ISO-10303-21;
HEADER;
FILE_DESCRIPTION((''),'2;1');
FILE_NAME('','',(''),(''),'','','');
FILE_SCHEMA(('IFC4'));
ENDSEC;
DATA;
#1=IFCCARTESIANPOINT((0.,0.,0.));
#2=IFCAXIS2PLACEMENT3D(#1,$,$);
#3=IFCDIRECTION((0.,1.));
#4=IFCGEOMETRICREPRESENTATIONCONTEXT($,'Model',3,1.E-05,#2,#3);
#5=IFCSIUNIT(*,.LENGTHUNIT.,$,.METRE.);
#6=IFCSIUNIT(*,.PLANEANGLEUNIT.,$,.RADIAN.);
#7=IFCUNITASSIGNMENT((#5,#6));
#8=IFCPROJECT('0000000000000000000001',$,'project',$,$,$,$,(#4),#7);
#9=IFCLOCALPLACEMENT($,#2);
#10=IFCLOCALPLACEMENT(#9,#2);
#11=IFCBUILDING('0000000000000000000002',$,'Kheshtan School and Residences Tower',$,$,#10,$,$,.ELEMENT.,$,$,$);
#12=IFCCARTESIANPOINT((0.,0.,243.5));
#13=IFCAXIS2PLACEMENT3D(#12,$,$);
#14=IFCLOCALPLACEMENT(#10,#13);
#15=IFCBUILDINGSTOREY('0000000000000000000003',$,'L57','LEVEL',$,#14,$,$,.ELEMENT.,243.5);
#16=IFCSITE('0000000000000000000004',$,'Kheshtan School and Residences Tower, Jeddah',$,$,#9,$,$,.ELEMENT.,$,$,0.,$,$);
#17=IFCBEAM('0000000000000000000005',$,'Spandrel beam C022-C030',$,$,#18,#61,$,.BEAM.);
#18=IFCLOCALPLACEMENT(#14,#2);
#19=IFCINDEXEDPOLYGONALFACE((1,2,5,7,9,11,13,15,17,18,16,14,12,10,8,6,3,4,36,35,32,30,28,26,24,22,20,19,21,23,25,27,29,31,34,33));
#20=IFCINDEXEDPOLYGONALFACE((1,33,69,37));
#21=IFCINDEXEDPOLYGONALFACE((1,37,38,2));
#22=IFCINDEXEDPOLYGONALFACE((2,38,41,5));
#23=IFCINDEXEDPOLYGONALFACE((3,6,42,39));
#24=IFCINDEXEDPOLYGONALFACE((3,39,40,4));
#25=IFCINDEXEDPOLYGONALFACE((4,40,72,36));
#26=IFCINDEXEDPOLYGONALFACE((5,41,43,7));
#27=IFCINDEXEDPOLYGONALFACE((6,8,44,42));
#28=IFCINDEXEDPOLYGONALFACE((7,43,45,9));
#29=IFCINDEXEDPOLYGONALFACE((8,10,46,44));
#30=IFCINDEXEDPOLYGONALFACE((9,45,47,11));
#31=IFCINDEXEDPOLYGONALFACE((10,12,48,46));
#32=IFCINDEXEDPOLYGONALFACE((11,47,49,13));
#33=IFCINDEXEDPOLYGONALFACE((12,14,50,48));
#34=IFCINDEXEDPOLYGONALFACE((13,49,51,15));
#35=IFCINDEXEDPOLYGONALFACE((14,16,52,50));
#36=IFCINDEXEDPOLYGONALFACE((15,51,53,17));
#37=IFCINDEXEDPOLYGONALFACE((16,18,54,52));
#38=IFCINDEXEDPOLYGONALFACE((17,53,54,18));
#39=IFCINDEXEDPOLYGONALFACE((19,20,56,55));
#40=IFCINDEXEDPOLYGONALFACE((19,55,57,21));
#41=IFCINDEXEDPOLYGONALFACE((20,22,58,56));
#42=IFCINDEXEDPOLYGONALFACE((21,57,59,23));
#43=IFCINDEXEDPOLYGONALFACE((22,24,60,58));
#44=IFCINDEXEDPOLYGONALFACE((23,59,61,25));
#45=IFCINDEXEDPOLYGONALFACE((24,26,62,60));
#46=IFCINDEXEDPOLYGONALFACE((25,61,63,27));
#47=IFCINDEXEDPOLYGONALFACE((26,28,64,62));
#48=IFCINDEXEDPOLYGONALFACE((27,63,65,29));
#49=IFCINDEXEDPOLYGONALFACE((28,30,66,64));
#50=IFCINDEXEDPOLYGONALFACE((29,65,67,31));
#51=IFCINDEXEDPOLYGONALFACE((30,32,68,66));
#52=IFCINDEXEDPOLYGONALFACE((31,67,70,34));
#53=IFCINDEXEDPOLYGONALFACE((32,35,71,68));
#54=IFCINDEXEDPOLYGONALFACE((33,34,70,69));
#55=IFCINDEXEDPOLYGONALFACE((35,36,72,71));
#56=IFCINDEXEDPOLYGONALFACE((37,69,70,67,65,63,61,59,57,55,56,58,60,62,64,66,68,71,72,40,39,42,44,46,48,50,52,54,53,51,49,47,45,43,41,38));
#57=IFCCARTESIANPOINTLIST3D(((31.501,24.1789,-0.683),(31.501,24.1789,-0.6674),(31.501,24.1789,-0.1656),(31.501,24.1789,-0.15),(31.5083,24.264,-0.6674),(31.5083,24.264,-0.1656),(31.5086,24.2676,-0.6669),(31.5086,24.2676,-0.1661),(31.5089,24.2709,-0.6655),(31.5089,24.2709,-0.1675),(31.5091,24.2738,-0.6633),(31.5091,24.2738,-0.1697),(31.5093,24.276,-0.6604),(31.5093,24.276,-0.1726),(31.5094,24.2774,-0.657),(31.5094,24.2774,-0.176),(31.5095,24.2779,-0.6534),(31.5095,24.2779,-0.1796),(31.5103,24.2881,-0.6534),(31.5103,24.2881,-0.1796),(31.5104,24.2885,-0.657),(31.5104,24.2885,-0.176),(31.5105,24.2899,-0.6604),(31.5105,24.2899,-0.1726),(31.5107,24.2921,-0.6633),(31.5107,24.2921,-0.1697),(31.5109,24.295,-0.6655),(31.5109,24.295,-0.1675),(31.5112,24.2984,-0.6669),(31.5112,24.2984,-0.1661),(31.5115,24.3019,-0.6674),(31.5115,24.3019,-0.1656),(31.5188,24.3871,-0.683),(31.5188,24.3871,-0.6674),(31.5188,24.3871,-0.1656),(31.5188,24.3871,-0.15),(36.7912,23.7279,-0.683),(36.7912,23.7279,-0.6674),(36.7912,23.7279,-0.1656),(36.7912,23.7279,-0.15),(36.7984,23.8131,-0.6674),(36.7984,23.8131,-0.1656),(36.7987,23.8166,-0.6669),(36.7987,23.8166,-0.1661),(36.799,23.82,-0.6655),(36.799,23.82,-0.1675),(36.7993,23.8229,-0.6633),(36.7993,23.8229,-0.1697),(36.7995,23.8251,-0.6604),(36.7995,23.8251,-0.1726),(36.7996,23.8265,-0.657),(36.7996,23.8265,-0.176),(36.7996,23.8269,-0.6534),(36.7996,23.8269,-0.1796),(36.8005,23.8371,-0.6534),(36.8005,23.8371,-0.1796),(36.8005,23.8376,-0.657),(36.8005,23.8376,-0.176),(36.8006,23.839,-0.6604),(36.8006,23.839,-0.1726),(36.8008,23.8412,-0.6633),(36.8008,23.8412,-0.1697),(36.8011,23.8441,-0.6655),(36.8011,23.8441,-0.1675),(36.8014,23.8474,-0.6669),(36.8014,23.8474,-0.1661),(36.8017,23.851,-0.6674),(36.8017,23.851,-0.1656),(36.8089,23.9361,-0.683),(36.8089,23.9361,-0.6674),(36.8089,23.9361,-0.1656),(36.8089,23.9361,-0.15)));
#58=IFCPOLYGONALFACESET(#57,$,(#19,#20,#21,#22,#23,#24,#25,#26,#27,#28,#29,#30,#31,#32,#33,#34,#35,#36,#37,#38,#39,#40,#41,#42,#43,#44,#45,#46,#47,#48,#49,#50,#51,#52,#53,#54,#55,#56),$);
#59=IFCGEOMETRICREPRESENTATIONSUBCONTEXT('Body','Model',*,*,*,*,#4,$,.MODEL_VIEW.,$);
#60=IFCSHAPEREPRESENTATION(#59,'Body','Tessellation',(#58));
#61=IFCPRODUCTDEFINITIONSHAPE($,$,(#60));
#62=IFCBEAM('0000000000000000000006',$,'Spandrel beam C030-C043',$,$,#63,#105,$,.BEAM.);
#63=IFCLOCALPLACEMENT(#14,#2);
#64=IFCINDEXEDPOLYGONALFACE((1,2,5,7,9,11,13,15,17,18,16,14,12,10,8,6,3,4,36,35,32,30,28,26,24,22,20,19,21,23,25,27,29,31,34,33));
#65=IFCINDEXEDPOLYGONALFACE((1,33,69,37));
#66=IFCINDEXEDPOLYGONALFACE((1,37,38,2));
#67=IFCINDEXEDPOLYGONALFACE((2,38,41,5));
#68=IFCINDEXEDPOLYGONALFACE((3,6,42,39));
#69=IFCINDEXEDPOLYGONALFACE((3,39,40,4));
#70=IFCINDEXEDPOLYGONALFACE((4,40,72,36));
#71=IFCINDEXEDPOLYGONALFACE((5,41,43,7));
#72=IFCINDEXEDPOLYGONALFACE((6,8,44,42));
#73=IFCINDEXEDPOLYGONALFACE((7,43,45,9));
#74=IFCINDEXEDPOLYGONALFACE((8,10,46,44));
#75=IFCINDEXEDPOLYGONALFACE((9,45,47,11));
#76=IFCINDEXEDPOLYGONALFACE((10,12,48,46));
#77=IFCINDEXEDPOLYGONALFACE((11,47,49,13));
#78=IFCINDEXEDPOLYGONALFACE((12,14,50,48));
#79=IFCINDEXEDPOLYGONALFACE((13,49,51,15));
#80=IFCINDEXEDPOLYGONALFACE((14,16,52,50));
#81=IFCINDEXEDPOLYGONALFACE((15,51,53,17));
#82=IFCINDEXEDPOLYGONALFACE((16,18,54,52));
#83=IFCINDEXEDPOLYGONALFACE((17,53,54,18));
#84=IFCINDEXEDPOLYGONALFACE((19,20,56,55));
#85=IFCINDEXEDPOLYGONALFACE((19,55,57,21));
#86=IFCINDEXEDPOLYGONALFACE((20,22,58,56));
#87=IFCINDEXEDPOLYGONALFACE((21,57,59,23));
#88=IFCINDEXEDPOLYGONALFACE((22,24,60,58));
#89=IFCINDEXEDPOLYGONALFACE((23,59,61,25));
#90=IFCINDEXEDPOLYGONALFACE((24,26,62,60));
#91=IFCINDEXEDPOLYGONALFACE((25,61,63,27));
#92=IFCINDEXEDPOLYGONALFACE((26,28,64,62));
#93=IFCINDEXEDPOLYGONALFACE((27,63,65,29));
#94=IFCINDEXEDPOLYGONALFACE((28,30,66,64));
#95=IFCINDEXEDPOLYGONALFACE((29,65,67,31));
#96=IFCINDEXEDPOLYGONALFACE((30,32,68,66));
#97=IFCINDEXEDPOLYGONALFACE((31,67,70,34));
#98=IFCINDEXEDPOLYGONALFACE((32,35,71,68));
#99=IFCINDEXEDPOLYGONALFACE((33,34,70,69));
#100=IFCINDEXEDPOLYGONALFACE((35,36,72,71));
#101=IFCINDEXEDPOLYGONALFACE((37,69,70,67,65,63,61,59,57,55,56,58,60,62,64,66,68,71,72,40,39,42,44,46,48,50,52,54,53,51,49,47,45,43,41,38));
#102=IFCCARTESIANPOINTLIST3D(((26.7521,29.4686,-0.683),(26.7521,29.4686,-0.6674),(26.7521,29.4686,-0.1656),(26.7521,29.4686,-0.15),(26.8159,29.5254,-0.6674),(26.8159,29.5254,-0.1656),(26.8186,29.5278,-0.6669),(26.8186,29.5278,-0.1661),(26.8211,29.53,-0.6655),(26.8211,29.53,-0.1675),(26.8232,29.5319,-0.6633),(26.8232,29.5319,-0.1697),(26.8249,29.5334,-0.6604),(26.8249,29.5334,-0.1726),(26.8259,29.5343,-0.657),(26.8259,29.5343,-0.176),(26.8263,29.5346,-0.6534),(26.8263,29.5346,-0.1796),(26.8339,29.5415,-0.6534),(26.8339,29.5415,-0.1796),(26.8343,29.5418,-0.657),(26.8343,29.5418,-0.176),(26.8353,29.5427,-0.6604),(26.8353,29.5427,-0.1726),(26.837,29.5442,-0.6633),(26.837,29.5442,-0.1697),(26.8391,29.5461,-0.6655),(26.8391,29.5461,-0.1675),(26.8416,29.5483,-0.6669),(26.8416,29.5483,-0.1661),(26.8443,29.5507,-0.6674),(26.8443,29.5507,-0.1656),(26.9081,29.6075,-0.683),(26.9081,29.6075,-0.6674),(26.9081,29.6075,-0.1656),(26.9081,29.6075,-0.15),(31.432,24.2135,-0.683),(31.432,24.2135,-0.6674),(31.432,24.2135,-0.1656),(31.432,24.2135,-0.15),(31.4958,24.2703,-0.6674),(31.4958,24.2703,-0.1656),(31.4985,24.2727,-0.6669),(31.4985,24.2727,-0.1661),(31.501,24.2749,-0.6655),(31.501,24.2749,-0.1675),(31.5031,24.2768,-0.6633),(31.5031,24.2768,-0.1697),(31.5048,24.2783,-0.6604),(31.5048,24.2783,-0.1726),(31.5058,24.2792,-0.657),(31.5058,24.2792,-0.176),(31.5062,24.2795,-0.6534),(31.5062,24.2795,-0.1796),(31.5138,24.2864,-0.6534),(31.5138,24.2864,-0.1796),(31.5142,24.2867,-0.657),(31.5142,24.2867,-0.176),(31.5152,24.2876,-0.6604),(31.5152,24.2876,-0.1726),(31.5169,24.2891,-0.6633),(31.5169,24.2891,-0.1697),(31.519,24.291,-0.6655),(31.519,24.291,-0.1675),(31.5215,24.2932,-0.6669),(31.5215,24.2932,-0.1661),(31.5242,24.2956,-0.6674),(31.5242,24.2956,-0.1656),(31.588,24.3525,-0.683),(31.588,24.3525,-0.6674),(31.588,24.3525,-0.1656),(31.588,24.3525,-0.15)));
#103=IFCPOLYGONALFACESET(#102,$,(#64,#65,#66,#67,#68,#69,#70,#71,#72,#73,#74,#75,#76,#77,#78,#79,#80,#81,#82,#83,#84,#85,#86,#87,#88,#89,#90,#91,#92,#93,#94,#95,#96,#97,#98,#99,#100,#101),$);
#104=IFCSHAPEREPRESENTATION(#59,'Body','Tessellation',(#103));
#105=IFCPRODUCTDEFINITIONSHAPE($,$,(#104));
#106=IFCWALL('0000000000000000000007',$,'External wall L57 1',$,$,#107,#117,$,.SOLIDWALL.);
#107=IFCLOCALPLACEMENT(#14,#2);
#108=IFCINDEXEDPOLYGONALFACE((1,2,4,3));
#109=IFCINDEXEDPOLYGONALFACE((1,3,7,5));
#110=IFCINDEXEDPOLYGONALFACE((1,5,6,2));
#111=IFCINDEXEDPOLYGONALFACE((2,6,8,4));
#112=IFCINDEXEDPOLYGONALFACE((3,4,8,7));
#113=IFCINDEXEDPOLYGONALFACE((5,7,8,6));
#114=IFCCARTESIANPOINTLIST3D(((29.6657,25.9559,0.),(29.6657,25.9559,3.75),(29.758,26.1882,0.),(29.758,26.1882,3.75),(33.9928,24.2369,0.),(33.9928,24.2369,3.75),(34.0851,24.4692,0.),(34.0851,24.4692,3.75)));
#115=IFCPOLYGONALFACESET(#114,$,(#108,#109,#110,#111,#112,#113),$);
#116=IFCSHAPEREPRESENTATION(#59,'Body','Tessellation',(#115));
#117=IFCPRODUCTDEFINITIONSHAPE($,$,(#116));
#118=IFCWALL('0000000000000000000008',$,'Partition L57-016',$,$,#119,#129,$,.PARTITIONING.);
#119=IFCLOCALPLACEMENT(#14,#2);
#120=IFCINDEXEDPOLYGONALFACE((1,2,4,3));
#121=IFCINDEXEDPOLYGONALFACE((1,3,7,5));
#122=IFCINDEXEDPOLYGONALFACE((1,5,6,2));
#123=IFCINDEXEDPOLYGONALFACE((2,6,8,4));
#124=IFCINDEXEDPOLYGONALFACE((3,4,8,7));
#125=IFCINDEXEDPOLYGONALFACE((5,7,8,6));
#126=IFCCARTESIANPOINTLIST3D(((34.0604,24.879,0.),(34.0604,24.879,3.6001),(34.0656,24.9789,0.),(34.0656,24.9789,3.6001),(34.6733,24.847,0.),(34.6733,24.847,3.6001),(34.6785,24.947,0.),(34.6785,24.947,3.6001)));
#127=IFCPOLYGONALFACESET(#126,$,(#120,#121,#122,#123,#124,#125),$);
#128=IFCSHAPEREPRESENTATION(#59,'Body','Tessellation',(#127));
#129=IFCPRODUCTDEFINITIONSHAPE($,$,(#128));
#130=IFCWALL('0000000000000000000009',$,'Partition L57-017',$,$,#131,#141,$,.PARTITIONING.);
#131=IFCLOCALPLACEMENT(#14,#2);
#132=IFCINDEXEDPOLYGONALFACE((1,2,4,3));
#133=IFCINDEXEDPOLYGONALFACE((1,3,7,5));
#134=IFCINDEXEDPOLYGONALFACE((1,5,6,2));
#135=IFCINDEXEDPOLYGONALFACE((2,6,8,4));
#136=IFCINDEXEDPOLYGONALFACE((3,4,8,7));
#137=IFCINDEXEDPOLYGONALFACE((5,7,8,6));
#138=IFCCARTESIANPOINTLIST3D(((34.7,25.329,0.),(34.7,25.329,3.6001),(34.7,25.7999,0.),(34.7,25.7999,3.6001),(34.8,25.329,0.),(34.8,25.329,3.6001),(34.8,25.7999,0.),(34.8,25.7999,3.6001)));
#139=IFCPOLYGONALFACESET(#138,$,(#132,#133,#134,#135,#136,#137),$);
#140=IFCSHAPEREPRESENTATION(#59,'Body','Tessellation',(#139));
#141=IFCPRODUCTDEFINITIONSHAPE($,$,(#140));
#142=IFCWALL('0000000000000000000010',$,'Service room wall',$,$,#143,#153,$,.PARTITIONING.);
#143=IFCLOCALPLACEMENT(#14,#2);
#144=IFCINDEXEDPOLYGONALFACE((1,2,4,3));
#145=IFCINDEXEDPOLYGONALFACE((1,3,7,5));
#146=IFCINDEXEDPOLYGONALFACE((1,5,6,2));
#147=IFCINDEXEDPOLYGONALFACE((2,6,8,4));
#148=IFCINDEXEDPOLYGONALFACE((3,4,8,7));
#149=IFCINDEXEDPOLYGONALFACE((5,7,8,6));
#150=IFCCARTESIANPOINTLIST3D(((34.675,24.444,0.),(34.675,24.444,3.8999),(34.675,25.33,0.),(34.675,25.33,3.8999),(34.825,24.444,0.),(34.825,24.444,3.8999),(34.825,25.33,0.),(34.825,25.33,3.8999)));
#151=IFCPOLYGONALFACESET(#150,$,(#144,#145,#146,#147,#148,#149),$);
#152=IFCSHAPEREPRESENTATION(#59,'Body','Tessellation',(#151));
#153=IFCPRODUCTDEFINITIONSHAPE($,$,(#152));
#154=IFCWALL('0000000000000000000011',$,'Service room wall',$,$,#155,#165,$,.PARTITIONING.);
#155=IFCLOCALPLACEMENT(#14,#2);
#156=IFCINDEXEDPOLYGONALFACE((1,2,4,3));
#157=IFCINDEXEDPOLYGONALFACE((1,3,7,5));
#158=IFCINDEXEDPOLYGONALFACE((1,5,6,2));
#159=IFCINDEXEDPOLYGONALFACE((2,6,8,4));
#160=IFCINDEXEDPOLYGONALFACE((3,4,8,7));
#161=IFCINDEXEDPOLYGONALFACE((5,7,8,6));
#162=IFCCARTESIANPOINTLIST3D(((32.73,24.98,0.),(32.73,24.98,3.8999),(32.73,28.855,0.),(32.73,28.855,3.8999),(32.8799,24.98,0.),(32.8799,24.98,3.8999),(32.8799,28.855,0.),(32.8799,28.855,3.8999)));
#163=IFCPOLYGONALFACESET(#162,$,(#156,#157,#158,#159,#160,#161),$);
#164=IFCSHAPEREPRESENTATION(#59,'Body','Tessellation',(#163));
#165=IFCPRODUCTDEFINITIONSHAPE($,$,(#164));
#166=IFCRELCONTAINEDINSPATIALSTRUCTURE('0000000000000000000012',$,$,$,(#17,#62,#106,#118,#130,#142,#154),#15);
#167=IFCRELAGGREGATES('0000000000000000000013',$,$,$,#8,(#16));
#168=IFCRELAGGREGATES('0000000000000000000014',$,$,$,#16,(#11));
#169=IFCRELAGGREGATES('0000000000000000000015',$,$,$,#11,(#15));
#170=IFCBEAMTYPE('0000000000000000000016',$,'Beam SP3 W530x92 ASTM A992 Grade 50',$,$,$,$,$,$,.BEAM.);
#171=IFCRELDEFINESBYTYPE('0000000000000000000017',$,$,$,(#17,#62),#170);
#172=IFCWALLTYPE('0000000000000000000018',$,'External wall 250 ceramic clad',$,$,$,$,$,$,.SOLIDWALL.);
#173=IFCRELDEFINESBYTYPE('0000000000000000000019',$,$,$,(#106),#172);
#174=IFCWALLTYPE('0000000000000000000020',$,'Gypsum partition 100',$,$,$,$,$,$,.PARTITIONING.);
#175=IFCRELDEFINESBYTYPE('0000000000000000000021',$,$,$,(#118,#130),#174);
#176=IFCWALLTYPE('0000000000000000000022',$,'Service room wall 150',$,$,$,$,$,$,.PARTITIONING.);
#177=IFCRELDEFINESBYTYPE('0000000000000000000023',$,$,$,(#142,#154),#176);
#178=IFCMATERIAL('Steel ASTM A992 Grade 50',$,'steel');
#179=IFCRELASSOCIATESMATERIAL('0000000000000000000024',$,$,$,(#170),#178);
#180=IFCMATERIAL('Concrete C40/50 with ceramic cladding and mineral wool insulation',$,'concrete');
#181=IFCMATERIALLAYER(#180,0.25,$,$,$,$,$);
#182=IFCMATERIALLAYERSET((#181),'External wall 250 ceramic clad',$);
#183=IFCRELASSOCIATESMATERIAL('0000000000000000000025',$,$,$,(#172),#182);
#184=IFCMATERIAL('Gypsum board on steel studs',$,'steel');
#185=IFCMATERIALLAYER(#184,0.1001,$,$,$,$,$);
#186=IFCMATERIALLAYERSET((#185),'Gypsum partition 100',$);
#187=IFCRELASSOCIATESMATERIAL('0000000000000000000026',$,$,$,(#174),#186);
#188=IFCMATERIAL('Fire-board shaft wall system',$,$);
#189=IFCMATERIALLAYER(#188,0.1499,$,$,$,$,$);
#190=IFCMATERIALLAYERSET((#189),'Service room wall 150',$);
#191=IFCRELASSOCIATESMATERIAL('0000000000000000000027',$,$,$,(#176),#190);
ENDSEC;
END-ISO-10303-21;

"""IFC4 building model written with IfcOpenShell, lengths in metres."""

from ifc_helpers import new_model, si_unit, direction, frame, frame_2d, origin, origin_2d, place, context, subcontext, project, spatial, rectangle, i_section, extrude, material, layer, layer_set, material_profile, profile_set, type_object, element, save


model = new_model("IFC4")

# Units and contexts
model_context = context("Model", 3, precision=1e-05, world=origin(), true_north=direction((0.0, 1.0)))
body_context = subcontext(model_context, "Body", "Model", "MODEL_VIEW")
ifc_project = project(units=[si_unit("LENGTHUNIT", "METRE"), si_unit("PLANEANGLEUNIT", "RADIAN")], contexts=[model_context])

# Site, building, storey
site_placement = place(None, origin())
site = spatial("IfcSite", under=ifc_project, at=site_placement, Name="Kheshtan School and Residences Tower, Jeddah", CompositionType="ELEMENT", RefElevation=0.0)
building_placement = place(site_placement, origin())
building = spatial("IfcBuilding", under=site, at=building_placement, Name="Kheshtan School and Residences Tower", CompositionType="ELEMENT")
storey_placement = place(building_placement, frame((0.0, 0.0, 243.5)))
storey = spatial("IfcBuildingStorey", under=building, at=storey_placement, Name="L57", Description="LEVEL", CompositionType="ELEMENT", Elevation=243.5)

# Shared definitions
ifc_material_1 = material(Name="Steel ASTM A992 Grade 50", Category="steel")

# Beams
ifc_material_profile_1 = material_profile(ifc_material_1, i_section(OverallWidth=0.209, OverallDepth=0.533, WebThickness=0.0103, FlangeThickness=0.0156, FilletRadius=0.0139, at=origin_2d()), Name="W530x92")
ifc_profile_set_1 = profile_set([ifc_material_profile_1], Name="Steel ASTM A992 Grade 50")
beam_type_1 = type_object("IfcBeamType", Name="Beam SP3 W530x92 ASTM A992 Grade 50", PredefinedType="BEAM", material=ifc_profile_set_1)
beam_1_placement = place(storey_placement, frame((36.8, 23.832, -0.4165), z_axis=(-0.996387, 0.084933, 0.0), x_axis=(-0.084933, -0.996387, 0.0)))
element("IfcBeam", 1, at=beam_1_placement, inside=storey, type_object=beam_type_1, Name="Spandrel beam C022-C030", PredefinedType="BEAM", context=body_context, shape_type="SweptSolid", body=[
    extrude(i_section(OverallWidth=0.209, OverallDepth=0.533, WebThickness=0.0103, FlangeThickness=0.0156, FilletRadius=0.0139, at=origin_2d()), origin(), (0.0, 0.0, 1.0), 5.3093),
])
beam_2_placement = place(storey_placement, frame((31.51, 24.283, -0.4165), z_axis=(-0.665055, 0.746795, 0.0), x_axis=(-0.746795, -0.665055, 0.0)))
element("IfcBeam", 2, at=beam_2_placement, inside=storey, type_object=beam_type_1, Name="Spandrel beam C030-C043", PredefinedType="BEAM", context=body_context, shape_type="SweptSolid", body=[
    extrude(i_section(OverallWidth=0.209, OverallDepth=0.533, WebThickness=0.0103, FlangeThickness=0.0156, FilletRadius=0.0139, at=origin_2d()), origin(), (0.0, 0.0, 1.0), 7.0369),
])

# Walls
ifc_material_2 = material(Name="Concrete C40/50 with ceramic cladding and mineral wool insulation", Category="concrete")
ifc_layer_1 = layer(ifc_material_2, 0.25)
ifc_layer_set_1 = layer_set([ifc_layer_1], Name="External wall 250 ceramic clad")
wall_type_1 = type_object("IfcWallType", Name="External wall 250 ceramic clad", PredefinedType="SOLIDWALL", material=ifc_layer_set_1)
wall_1_placement = place(storey_placement, frame((34.0391, 24.353, 0.0), z_axis=(0.0, 0.0, 1.0), x_axis=(-0.929353, 0.369193, 0.0)))
element("IfcWall", 3, at=wall_1_placement, inside=storey, type_object=wall_type_1, Name="External wall L57 1", PredefinedType="SOLIDWALL", context=body_context, shape_type="SweptSolid", body=[
    extrude(rectangle(XDim=4.656, YDim=0.25, at=frame_2d((2.3281, 0.0))), origin(), (0.0, 0.0, 1.0), 3.75),
])
ifc_material_3 = material(Name="Gypsum board on steel studs", Category="steel")
ifc_layer_2 = layer(ifc_material_3, 0.1001)
ifc_layer_set_2 = layer_set([ifc_layer_2], Name="Gypsum partition 100")
wall_type_2 = type_object("IfcWallType", Name="Gypsum partition 100", PredefinedType="PARTITIONING", material=ifc_layer_set_2)
wall_2_placement = place(storey_placement, frame((34.063, 24.929, 0.0), z_axis=(0.0, 0.0, 1.0), x_axis=(0.998642, -0.0521, 0.0)))
element("IfcWall", 4, at=wall_2_placement, inside=storey, type_object=wall_type_2, Name="Partition L57-016", PredefinedType="PARTITIONING", context=body_context, shape_type="SweptSolid", body=[
    extrude(rectangle(XDim=0.6138, YDim=0.1001, at=frame_2d((0.3069, 0.0))), origin(), (0.0, 0.0, 1.0), 3.6001),
])
wall_3_placement = place(storey_placement, frame((34.75, 25.3291, 0.0), z_axis=(0.0, 0.0, 1.0), x_axis=(0.0, 1.0, 0.0)))
element("IfcWall", 5, at=wall_3_placement, inside=storey, type_object=wall_type_2, Name="Partition L57-017", PredefinedType="PARTITIONING", context=body_context, shape_type="SweptSolid", body=[
    extrude(rectangle(XDim=0.4709, YDim=0.1001, at=frame_2d((0.2354, 0.0))), origin(), (0.0, 0.0, 1.0), 3.6001),
])
ifc_material_4 = material(Name="Fire-board shaft wall system")
ifc_layer_3 = layer(ifc_material_4, 0.1499)
ifc_layer_set_3 = layer_set([ifc_layer_3], Name="Service room wall 150")
wall_type_3 = type_object("IfcWallType", Name="Service room wall 150", PredefinedType="PARTITIONING", material=ifc_layer_set_3)
wall_4_placement = place(storey_placement, frame((34.75, 24.4441, 0.0), z_axis=(0.0, 0.0, 1.0), x_axis=(0.0, 1.0, 0.0)))
element("IfcWall", 6, at=wall_4_placement, inside=storey, type_object=wall_type_3, Name="Service room wall", PredefinedType="PARTITIONING", context=body_context, shape_type="SweptSolid", body=[
    extrude(rectangle(XDim=0.886, YDim=0.1499, at=frame_2d((0.4429, 0.0))), origin(), (0.0, 0.0, 1.0), 3.8999),
])
wall_5_placement = place(storey_placement, frame((32.8049, 24.98, 0.0), z_axis=(0.0, 0.0, 1.0), x_axis=(0.0, 1.0, 0.0)))
element("IfcWall", 7, at=wall_5_placement, inside=storey, type_object=wall_type_3, Name="Service room wall", PredefinedType="PARTITIONING", context=body_context, shape_type="SweptSolid", body=[
    extrude(rectangle(XDim=3.875, YDim=0.1499, at=frame_2d((1.9375, 0.0))), origin(), (0.0, 0.0, 1.0), 3.8999),
])

save(model, "model.ifc")
